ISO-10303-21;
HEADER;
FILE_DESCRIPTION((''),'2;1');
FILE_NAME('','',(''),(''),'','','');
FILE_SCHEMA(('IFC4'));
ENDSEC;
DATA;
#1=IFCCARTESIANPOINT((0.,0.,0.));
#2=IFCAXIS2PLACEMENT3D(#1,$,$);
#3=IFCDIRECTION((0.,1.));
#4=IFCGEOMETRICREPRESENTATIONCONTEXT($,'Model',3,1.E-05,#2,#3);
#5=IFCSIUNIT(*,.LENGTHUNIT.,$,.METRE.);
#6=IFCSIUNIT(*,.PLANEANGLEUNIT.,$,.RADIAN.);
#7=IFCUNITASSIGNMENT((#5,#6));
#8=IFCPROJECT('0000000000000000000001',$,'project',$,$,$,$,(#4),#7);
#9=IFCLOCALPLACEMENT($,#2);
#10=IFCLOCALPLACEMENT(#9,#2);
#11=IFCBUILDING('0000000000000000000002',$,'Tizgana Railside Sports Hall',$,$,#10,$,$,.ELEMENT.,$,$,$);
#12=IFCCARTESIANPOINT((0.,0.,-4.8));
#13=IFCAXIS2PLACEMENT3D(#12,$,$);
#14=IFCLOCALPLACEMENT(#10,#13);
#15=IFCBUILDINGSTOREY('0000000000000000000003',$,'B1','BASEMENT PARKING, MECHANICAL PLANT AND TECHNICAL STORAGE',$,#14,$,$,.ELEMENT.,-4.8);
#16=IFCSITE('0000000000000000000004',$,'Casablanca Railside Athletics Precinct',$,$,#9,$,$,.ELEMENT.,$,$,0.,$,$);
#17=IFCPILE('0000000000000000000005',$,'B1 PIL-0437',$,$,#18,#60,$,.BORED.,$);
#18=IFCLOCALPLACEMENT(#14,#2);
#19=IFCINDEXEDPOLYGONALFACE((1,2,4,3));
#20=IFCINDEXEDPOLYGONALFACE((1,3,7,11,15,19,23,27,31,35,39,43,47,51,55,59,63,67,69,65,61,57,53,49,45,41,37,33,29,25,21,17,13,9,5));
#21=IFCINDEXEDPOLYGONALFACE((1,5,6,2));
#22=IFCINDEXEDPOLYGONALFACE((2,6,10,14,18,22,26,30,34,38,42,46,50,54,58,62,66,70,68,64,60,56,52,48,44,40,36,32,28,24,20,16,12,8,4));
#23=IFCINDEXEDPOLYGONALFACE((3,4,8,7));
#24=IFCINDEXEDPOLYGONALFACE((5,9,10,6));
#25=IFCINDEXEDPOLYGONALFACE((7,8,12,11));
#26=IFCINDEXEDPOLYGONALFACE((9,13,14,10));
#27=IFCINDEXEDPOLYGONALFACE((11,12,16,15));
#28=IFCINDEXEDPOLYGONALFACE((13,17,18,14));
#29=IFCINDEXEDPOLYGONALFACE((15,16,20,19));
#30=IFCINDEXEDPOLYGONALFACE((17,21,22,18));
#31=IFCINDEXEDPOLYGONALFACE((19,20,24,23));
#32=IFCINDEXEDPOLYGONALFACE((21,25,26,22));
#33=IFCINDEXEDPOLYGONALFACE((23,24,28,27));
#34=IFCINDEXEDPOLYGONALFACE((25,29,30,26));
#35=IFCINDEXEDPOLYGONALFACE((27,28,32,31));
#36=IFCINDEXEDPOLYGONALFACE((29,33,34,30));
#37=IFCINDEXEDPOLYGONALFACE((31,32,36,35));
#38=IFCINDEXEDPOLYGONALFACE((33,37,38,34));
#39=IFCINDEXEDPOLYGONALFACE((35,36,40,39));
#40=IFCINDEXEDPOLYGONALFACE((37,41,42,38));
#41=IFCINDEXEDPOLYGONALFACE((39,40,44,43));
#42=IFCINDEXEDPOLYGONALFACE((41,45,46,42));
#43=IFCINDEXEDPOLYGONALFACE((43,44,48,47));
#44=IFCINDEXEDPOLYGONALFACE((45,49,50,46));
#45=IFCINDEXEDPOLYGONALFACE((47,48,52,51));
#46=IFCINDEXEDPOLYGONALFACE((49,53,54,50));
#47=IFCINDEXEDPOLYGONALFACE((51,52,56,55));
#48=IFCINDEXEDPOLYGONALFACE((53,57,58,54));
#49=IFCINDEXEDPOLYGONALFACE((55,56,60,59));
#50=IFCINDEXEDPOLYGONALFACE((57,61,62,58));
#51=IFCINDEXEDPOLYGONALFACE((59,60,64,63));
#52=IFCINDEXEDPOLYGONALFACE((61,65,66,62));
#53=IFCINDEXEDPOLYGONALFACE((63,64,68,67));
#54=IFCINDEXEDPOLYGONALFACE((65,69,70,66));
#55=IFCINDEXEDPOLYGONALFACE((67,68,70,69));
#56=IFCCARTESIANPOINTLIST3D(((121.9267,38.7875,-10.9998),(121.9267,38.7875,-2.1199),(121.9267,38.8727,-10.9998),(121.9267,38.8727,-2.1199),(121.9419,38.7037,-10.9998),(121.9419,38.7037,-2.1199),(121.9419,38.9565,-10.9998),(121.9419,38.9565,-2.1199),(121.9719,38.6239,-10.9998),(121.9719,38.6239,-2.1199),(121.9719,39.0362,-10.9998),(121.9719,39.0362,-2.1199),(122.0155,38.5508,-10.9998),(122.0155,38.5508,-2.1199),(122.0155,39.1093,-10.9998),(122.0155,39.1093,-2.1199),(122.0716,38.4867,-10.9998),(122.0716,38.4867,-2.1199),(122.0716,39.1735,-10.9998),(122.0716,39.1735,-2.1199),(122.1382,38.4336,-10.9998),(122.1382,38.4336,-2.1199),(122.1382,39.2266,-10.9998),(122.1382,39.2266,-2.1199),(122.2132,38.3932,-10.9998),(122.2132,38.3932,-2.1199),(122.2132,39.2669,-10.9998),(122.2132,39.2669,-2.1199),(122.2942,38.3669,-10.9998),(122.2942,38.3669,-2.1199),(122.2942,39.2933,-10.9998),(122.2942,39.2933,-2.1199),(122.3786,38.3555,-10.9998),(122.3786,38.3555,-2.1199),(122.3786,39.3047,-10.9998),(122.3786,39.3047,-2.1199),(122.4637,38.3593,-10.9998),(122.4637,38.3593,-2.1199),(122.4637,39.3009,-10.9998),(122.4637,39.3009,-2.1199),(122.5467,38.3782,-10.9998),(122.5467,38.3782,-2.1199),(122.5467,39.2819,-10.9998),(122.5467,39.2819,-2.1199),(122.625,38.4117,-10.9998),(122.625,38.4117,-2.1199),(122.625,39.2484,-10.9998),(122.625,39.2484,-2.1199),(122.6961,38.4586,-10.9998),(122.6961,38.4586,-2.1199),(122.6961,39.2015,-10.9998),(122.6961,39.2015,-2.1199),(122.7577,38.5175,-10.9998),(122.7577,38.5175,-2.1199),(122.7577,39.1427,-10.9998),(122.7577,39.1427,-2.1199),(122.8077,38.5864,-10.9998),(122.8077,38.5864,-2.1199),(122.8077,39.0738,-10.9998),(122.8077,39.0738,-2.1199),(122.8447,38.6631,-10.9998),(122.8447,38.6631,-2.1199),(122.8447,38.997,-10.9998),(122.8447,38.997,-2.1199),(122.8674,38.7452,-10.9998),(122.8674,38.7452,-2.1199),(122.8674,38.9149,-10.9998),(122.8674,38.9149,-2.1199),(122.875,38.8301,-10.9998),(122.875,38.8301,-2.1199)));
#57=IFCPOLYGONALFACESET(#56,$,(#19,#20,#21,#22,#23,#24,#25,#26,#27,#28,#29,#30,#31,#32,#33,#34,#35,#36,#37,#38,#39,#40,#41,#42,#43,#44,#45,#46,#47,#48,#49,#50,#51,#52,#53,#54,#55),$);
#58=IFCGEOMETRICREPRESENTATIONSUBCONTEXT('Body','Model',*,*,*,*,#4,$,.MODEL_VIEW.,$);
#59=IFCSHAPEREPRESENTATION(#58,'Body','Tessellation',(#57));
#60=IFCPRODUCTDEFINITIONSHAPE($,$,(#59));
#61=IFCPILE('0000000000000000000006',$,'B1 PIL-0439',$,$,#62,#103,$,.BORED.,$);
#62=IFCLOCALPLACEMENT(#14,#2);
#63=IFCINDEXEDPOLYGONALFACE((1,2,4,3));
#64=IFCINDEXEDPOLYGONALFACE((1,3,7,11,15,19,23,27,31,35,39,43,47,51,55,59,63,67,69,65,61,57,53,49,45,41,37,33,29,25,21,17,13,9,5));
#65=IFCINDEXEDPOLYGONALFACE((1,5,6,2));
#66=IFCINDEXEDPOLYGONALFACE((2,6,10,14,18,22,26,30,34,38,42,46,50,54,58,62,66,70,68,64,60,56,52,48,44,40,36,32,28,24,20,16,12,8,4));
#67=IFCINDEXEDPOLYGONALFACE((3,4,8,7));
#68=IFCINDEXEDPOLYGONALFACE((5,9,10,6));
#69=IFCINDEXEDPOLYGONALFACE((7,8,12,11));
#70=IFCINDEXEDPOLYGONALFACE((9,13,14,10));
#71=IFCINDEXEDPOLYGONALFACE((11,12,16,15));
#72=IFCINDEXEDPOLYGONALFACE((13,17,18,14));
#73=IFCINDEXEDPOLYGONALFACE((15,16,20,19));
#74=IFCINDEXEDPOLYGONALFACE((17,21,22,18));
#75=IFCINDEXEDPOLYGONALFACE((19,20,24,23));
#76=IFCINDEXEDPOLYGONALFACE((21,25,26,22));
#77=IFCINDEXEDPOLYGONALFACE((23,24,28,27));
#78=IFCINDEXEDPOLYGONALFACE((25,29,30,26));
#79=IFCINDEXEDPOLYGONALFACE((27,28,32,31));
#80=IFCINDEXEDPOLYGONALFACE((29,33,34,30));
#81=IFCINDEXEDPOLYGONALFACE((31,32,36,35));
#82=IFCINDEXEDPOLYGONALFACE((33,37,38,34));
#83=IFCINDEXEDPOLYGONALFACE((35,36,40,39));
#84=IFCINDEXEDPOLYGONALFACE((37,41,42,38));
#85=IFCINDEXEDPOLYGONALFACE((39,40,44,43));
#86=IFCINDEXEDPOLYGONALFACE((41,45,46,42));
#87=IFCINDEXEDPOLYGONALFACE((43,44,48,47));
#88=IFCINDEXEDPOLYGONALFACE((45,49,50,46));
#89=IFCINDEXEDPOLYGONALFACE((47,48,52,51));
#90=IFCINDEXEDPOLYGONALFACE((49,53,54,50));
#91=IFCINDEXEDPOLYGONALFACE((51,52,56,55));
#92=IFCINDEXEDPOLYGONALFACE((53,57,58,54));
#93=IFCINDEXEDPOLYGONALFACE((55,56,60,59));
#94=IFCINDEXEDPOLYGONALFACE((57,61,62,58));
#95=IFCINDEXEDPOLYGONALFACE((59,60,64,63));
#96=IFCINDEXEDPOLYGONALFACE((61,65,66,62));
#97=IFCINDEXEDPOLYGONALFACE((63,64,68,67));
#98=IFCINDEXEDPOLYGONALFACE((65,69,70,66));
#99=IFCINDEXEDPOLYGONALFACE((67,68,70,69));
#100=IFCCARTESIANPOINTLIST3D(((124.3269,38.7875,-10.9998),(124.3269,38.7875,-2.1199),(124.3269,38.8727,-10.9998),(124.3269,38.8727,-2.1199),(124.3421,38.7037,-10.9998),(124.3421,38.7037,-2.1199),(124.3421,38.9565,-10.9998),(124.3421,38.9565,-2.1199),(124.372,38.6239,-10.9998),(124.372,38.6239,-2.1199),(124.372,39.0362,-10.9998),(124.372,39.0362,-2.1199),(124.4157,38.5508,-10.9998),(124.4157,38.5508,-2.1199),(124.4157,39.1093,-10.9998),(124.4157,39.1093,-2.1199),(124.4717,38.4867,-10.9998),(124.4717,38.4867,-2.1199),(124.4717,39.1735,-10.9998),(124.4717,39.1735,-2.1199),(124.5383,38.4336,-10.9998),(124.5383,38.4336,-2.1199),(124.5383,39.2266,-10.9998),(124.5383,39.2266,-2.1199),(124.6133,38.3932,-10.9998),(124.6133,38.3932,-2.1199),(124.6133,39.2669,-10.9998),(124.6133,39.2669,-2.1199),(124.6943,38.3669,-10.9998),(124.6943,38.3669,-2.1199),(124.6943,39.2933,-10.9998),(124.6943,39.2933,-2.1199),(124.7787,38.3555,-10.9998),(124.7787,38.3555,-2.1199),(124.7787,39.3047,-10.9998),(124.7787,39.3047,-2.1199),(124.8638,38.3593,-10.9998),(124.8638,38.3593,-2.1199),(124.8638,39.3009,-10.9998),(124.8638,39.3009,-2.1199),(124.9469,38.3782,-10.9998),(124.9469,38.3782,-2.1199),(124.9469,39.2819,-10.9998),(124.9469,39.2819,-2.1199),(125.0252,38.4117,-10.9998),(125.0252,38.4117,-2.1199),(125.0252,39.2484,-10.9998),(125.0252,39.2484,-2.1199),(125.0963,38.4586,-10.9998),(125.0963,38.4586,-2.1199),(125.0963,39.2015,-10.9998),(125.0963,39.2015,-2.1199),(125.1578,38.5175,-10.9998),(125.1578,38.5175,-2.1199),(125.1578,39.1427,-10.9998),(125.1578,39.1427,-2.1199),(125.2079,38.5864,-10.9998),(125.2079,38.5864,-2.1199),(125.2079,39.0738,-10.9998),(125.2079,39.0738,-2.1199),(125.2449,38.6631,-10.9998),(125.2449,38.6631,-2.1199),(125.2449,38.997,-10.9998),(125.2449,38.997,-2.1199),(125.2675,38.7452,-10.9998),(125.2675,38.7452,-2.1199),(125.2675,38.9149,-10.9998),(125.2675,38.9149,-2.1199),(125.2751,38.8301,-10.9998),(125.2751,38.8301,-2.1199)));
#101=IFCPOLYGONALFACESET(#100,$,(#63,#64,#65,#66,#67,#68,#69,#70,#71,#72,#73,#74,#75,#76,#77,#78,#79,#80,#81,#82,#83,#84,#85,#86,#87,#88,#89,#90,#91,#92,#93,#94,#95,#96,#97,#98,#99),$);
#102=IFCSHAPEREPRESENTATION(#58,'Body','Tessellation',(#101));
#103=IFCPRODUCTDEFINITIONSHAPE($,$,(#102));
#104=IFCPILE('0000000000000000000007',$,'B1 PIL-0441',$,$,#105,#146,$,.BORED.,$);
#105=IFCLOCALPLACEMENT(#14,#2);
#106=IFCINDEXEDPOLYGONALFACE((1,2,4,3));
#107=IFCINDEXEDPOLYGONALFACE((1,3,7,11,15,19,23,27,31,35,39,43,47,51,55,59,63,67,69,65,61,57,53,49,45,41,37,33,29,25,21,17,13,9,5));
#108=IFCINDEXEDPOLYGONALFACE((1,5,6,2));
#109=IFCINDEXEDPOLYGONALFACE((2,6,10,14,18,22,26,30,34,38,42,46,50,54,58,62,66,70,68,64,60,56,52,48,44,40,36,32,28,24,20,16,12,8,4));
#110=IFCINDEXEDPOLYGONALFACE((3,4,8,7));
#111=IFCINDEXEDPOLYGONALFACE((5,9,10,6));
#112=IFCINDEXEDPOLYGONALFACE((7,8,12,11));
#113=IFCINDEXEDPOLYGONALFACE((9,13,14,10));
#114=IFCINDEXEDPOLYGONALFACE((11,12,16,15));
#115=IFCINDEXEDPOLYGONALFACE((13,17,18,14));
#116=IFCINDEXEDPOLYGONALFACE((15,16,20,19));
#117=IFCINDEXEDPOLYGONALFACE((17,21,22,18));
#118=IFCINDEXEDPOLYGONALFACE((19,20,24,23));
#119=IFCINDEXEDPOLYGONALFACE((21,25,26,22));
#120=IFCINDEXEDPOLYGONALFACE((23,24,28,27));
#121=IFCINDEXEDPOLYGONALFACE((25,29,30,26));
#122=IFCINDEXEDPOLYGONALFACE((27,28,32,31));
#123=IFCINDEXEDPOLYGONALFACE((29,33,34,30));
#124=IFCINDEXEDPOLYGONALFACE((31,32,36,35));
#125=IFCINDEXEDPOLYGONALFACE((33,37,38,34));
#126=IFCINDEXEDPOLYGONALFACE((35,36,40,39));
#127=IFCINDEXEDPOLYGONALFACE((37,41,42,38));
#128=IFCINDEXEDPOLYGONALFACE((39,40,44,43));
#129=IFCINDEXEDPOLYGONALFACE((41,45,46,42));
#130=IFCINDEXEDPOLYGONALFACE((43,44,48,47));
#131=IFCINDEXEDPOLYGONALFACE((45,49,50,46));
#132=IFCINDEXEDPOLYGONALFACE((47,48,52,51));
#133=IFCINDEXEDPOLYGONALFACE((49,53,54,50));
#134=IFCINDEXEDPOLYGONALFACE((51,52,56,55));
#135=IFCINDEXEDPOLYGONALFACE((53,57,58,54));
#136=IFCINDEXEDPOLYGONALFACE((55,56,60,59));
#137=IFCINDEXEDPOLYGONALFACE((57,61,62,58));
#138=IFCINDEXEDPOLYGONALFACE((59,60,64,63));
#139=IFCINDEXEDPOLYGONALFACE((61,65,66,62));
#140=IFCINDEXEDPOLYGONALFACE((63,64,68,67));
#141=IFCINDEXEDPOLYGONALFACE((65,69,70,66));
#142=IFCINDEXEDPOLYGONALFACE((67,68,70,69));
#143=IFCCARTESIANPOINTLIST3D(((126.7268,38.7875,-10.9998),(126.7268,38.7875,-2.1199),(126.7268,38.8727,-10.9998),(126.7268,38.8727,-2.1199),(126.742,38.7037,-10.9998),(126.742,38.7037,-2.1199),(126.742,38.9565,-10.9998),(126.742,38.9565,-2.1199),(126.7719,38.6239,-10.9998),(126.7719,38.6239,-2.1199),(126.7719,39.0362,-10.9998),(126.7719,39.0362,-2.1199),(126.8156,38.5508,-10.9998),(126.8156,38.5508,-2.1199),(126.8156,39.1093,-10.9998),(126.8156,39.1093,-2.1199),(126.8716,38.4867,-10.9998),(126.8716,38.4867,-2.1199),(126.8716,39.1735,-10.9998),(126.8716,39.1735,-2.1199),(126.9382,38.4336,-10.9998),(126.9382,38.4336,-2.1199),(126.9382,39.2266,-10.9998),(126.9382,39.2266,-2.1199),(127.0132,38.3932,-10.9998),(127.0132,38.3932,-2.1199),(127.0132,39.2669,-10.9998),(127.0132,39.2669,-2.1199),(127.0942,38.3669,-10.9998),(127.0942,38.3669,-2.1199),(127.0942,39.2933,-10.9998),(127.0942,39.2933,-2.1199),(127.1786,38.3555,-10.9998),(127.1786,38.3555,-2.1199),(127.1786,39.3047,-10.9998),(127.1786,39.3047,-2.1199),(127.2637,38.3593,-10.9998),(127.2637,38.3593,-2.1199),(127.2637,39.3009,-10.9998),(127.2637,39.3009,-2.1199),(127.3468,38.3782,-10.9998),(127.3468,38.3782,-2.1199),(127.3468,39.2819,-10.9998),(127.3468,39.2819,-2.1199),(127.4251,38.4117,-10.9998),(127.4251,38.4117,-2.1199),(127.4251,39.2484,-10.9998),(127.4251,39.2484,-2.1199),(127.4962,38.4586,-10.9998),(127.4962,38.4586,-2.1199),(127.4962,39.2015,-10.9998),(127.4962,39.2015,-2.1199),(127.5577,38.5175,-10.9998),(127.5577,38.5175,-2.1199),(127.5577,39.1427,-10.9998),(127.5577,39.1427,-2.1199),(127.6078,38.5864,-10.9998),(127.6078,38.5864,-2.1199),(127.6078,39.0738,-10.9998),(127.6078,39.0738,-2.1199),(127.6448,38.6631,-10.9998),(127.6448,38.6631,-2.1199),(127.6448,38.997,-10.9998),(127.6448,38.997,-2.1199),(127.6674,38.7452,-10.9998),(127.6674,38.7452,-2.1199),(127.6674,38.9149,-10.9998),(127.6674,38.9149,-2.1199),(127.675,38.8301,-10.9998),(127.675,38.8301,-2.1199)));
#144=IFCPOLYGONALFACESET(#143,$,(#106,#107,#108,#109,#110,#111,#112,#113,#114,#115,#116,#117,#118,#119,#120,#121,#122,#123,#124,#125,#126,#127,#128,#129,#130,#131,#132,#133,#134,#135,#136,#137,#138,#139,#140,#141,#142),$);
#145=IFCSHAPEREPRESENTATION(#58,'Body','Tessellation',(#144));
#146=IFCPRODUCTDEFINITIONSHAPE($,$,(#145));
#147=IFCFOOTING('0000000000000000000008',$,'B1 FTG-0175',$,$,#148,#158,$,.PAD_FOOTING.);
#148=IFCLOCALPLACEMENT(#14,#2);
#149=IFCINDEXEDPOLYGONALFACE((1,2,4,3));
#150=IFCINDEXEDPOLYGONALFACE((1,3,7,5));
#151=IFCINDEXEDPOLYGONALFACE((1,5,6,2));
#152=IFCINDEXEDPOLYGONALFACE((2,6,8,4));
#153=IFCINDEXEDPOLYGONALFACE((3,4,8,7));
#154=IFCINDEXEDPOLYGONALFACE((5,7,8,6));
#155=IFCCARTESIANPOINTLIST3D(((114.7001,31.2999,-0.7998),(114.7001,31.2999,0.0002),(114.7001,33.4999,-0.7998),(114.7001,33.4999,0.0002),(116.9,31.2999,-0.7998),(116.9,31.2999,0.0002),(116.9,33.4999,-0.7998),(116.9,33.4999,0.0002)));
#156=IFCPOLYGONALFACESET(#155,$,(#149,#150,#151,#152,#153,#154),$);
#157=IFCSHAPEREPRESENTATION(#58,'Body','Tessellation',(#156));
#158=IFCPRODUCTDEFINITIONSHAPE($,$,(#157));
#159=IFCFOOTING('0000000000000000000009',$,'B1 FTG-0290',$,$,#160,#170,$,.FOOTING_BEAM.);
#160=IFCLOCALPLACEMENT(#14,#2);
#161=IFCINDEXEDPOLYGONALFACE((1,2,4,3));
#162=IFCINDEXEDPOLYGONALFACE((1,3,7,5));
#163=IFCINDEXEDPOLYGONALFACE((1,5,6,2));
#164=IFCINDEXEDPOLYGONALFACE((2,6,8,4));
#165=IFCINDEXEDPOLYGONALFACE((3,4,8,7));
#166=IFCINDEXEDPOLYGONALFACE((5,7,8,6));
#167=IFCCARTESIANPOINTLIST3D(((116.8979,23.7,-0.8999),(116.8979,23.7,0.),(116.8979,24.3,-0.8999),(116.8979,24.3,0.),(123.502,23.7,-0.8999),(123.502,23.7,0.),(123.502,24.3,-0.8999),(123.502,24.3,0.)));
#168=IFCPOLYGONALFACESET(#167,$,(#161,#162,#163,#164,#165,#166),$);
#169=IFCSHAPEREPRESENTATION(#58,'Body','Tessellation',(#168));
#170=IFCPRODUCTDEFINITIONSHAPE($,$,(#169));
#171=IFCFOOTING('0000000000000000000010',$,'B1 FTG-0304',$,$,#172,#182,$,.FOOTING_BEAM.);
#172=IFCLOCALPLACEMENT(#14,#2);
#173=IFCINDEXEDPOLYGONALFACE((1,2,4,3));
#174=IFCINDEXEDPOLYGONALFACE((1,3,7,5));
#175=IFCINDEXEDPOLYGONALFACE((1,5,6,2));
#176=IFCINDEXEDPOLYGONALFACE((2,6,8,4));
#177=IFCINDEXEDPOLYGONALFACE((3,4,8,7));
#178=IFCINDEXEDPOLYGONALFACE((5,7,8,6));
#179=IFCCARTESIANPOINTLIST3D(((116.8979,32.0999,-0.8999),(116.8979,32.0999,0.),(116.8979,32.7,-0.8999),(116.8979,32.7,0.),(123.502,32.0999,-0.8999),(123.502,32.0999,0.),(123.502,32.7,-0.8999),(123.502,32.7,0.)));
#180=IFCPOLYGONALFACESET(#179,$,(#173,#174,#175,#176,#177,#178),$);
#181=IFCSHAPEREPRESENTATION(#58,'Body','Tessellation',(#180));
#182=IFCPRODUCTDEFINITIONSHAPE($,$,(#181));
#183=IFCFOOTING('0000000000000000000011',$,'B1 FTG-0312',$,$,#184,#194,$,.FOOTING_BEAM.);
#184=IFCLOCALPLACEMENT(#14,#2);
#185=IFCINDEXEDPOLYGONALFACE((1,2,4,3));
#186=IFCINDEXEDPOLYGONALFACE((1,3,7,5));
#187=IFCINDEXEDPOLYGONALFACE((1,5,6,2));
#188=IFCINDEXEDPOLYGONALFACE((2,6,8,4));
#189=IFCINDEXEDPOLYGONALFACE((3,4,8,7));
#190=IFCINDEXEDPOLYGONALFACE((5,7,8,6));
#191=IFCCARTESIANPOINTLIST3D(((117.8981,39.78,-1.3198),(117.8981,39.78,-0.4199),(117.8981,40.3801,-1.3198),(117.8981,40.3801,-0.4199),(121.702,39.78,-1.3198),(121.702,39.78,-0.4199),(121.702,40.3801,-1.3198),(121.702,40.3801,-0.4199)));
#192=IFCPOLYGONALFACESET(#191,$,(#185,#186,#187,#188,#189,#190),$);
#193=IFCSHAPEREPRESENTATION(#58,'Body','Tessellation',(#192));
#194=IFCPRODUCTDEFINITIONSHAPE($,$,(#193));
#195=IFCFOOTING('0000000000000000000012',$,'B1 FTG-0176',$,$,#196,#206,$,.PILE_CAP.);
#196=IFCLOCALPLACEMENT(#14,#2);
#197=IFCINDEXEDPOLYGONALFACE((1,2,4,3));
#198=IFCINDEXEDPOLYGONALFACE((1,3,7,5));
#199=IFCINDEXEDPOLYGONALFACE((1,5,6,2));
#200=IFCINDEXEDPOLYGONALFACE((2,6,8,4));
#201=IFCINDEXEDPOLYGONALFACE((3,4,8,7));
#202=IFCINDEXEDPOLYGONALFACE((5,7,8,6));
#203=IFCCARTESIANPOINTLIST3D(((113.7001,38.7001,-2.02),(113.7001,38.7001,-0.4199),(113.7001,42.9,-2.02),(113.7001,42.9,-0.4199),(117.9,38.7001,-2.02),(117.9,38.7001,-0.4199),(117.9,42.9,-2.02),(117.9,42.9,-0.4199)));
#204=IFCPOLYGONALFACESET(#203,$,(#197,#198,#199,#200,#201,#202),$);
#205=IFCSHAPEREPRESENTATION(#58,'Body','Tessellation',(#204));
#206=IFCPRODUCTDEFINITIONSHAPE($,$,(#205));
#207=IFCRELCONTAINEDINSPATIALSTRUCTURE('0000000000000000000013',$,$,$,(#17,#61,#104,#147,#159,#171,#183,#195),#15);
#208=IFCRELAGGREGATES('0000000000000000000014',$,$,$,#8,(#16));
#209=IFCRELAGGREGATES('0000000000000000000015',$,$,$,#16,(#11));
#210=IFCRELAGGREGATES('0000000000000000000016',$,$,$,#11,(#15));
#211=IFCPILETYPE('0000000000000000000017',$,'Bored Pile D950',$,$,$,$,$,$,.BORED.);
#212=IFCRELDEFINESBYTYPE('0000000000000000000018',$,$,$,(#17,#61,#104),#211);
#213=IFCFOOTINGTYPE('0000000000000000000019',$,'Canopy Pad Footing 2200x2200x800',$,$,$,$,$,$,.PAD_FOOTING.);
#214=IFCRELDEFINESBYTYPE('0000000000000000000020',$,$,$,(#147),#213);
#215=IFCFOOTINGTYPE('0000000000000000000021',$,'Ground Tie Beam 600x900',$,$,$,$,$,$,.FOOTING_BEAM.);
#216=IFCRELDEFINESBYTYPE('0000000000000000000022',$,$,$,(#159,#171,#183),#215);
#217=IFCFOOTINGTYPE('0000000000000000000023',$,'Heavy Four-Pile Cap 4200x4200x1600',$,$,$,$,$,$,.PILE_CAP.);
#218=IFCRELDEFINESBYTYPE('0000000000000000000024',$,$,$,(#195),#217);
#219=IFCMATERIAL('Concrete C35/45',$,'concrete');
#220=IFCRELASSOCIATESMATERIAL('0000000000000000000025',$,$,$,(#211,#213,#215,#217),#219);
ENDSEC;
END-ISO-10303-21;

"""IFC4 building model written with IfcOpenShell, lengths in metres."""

from ifc_helpers import new_model, si_unit, direction, frame, origin, origin_2d, place, context, subcontext, project, spatial, rectangle, circle, extrude, material, material_profile, profile_set, type_object, element, save


model = new_model("IFC4")

# Units and contexts
model_context = context("Model", 3, precision=1e-05, world=origin(), true_north=direction((0.0, 1.0)))
body_context = subcontext(model_context, "Body", "Model", "MODEL_VIEW")
ifc_project = project(units=[si_unit("LENGTHUNIT", "METRE"), si_unit("PLANEANGLEUNIT", "RADIAN")], contexts=[model_context])

# Site, building, storey
site_placement = place(None, origin())
site = spatial("IfcSite", under=ifc_project, at=site_placement, Name="Casablanca Railside Athletics Precinct", CompositionType="ELEMENT", RefElevation=0.0)
building_placement = place(site_placement, origin())
building = spatial("IfcBuilding", under=site, at=building_placement, Name="Tizgana Railside Sports Hall", CompositionType="ELEMENT")
storey_placement = place(building_placement, frame((0.0, 0.0, -4.8)))
storey = spatial("IfcBuildingStorey", under=building, at=storey_placement, Name="B1", Description="BASEMENT PARKING, MECHANICAL PLANT AND TECHNICAL STORAGE", CompositionType="ELEMENT", Elevation=-4.8)

# Shared definitions
ifc_material_1 = material(Name="Concrete C35/45", Category="concrete")

# Piles
ifc_material_profile_1 = material_profile(ifc_material_1, circle(Radius=0.4751, at=origin_2d()), Name="PILE D950")
ifc_profile_set_1 = profile_set([ifc_material_profile_1], Name="Concrete C35/45")
pile_type_1 = type_object("IfcPileType", Name="Bored Pile D950", PredefinedType="BORED", material=ifc_profile_set_1)
for number, where, z_axis, x_axis, name in (
    (1, (122.3999, 38.8301, -2.1199), (0.0, 0.0, -1.0), (1.0, 0.0, 0.0), "B1 PIL-0437"),
    (2, (124.8, 38.8301, -2.1199), (0.0, 0.0, -1.0), (1.0, 0.0, 0.0), "B1 PIL-0439"),
    (3, (127.2, 38.8301, -2.1199), (0.0, 0.0, -1.0), (1.0, 0.0, 0.0), "B1 PIL-0441"),
):
    element("IfcPile", number, at=place(storey_placement, frame(where, z_axis=z_axis, x_axis=x_axis)), inside=storey, type_object=pile_type_1, Name=name, PredefinedType="BORED", context=body_context, shape_type="SweptSolid", body=[
        extrude(circle(Radius=0.4751, at=origin_2d()), origin(), (0.0, 0.0, 1.0), 8.8799),
    ])

# Footings
footing_type_1 = type_object("IfcFootingType", Name="Canopy Pad Footing 2200x2200x800", PredefinedType="PAD_FOOTING", material=ifc_material_1)
footing_1_placement = place(storey_placement, frame((115.8, 32.3999, -0.7998), z_axis=(0.0, 0.0, 1.0), x_axis=(1.0, 0.0, 0.0)))
element("IfcFooting", 4, at=footing_1_placement, inside=storey, type_object=footing_type_1, Name="B1 FTG-0175", PredefinedType="PAD_FOOTING", context=body_context, shape_type="SweptSolid", body=[
    extrude(rectangle(XDim=2.2, YDim=2.2, at=origin_2d()), origin(), (0.0, 0.0, 1.0), 0.8),
])
footing_type_2 = type_object("IfcFootingType", Name="Ground Tie Beam 600x900", PredefinedType="FOOTING_BEAM", material=ifc_material_1)
for number, where, z_axis, x_axis, name in (
    (5, (120.2, 24.0, -0.8999), (0.0, 0.0, 1.0), (1.0, 0.0, 0.0), "B1 FTG-0290"),
    (6, (120.2, 32.3999, -0.8999), (0.0, 0.0, 1.0), (1.0, 0.0, 0.0), "B1 FTG-0304"),
):
    element("IfcFooting", number, at=place(storey_placement, frame(where, z_axis=z_axis, x_axis=x_axis)), inside=storey, type_object=footing_type_2, Name=name, PredefinedType="FOOTING_BEAM", context=body_context, shape_type="SweptSolid", body=[
        extrude(rectangle(XDim=6.604, YDim=0.6001, at=origin_2d()), origin(), (0.0, 0.0, 1.0), 0.8999),
    ])
footing_2_placement = place(storey_placement, frame((119.8, 40.0801, -1.3198), z_axis=(0.0, 0.0, 1.0), x_axis=(1.0, 0.0, 0.0)))
element("IfcFooting", 7, at=footing_2_placement, inside=storey, type_object=footing_type_2, Name="B1 FTG-0312", PredefinedType="FOOTING_BEAM", context=body_context, shape_type="SweptSolid", body=[
    extrude(rectangle(XDim=3.804, YDim=0.6001, at=origin_2d()), origin(), (0.0, 0.0, 1.0), 0.8999),
])
footing_type_3 = type_object("IfcFootingType", Name="Heavy Four-Pile Cap 4200x4200x1600", PredefinedType="PILE_CAP", material=ifc_material_1)
footing_3_placement = place(storey_placement, frame((115.8, 40.8, -2.02), z_axis=(0.0, 0.0, 1.0), x_axis=(1.0, 0.0, 0.0)))
element("IfcFooting", 8, at=footing_3_placement, inside=storey, type_object=footing_type_3, Name="B1 FTG-0176", PredefinedType="PILE_CAP", context=body_context, shape_type="SweptSolid", body=[
    extrude(rectangle(XDim=4.2, YDim=4.2, at=origin_2d()), origin(), (0.0, 0.0, 1.0), 1.6001),
])

save(model, "model.ifc")
